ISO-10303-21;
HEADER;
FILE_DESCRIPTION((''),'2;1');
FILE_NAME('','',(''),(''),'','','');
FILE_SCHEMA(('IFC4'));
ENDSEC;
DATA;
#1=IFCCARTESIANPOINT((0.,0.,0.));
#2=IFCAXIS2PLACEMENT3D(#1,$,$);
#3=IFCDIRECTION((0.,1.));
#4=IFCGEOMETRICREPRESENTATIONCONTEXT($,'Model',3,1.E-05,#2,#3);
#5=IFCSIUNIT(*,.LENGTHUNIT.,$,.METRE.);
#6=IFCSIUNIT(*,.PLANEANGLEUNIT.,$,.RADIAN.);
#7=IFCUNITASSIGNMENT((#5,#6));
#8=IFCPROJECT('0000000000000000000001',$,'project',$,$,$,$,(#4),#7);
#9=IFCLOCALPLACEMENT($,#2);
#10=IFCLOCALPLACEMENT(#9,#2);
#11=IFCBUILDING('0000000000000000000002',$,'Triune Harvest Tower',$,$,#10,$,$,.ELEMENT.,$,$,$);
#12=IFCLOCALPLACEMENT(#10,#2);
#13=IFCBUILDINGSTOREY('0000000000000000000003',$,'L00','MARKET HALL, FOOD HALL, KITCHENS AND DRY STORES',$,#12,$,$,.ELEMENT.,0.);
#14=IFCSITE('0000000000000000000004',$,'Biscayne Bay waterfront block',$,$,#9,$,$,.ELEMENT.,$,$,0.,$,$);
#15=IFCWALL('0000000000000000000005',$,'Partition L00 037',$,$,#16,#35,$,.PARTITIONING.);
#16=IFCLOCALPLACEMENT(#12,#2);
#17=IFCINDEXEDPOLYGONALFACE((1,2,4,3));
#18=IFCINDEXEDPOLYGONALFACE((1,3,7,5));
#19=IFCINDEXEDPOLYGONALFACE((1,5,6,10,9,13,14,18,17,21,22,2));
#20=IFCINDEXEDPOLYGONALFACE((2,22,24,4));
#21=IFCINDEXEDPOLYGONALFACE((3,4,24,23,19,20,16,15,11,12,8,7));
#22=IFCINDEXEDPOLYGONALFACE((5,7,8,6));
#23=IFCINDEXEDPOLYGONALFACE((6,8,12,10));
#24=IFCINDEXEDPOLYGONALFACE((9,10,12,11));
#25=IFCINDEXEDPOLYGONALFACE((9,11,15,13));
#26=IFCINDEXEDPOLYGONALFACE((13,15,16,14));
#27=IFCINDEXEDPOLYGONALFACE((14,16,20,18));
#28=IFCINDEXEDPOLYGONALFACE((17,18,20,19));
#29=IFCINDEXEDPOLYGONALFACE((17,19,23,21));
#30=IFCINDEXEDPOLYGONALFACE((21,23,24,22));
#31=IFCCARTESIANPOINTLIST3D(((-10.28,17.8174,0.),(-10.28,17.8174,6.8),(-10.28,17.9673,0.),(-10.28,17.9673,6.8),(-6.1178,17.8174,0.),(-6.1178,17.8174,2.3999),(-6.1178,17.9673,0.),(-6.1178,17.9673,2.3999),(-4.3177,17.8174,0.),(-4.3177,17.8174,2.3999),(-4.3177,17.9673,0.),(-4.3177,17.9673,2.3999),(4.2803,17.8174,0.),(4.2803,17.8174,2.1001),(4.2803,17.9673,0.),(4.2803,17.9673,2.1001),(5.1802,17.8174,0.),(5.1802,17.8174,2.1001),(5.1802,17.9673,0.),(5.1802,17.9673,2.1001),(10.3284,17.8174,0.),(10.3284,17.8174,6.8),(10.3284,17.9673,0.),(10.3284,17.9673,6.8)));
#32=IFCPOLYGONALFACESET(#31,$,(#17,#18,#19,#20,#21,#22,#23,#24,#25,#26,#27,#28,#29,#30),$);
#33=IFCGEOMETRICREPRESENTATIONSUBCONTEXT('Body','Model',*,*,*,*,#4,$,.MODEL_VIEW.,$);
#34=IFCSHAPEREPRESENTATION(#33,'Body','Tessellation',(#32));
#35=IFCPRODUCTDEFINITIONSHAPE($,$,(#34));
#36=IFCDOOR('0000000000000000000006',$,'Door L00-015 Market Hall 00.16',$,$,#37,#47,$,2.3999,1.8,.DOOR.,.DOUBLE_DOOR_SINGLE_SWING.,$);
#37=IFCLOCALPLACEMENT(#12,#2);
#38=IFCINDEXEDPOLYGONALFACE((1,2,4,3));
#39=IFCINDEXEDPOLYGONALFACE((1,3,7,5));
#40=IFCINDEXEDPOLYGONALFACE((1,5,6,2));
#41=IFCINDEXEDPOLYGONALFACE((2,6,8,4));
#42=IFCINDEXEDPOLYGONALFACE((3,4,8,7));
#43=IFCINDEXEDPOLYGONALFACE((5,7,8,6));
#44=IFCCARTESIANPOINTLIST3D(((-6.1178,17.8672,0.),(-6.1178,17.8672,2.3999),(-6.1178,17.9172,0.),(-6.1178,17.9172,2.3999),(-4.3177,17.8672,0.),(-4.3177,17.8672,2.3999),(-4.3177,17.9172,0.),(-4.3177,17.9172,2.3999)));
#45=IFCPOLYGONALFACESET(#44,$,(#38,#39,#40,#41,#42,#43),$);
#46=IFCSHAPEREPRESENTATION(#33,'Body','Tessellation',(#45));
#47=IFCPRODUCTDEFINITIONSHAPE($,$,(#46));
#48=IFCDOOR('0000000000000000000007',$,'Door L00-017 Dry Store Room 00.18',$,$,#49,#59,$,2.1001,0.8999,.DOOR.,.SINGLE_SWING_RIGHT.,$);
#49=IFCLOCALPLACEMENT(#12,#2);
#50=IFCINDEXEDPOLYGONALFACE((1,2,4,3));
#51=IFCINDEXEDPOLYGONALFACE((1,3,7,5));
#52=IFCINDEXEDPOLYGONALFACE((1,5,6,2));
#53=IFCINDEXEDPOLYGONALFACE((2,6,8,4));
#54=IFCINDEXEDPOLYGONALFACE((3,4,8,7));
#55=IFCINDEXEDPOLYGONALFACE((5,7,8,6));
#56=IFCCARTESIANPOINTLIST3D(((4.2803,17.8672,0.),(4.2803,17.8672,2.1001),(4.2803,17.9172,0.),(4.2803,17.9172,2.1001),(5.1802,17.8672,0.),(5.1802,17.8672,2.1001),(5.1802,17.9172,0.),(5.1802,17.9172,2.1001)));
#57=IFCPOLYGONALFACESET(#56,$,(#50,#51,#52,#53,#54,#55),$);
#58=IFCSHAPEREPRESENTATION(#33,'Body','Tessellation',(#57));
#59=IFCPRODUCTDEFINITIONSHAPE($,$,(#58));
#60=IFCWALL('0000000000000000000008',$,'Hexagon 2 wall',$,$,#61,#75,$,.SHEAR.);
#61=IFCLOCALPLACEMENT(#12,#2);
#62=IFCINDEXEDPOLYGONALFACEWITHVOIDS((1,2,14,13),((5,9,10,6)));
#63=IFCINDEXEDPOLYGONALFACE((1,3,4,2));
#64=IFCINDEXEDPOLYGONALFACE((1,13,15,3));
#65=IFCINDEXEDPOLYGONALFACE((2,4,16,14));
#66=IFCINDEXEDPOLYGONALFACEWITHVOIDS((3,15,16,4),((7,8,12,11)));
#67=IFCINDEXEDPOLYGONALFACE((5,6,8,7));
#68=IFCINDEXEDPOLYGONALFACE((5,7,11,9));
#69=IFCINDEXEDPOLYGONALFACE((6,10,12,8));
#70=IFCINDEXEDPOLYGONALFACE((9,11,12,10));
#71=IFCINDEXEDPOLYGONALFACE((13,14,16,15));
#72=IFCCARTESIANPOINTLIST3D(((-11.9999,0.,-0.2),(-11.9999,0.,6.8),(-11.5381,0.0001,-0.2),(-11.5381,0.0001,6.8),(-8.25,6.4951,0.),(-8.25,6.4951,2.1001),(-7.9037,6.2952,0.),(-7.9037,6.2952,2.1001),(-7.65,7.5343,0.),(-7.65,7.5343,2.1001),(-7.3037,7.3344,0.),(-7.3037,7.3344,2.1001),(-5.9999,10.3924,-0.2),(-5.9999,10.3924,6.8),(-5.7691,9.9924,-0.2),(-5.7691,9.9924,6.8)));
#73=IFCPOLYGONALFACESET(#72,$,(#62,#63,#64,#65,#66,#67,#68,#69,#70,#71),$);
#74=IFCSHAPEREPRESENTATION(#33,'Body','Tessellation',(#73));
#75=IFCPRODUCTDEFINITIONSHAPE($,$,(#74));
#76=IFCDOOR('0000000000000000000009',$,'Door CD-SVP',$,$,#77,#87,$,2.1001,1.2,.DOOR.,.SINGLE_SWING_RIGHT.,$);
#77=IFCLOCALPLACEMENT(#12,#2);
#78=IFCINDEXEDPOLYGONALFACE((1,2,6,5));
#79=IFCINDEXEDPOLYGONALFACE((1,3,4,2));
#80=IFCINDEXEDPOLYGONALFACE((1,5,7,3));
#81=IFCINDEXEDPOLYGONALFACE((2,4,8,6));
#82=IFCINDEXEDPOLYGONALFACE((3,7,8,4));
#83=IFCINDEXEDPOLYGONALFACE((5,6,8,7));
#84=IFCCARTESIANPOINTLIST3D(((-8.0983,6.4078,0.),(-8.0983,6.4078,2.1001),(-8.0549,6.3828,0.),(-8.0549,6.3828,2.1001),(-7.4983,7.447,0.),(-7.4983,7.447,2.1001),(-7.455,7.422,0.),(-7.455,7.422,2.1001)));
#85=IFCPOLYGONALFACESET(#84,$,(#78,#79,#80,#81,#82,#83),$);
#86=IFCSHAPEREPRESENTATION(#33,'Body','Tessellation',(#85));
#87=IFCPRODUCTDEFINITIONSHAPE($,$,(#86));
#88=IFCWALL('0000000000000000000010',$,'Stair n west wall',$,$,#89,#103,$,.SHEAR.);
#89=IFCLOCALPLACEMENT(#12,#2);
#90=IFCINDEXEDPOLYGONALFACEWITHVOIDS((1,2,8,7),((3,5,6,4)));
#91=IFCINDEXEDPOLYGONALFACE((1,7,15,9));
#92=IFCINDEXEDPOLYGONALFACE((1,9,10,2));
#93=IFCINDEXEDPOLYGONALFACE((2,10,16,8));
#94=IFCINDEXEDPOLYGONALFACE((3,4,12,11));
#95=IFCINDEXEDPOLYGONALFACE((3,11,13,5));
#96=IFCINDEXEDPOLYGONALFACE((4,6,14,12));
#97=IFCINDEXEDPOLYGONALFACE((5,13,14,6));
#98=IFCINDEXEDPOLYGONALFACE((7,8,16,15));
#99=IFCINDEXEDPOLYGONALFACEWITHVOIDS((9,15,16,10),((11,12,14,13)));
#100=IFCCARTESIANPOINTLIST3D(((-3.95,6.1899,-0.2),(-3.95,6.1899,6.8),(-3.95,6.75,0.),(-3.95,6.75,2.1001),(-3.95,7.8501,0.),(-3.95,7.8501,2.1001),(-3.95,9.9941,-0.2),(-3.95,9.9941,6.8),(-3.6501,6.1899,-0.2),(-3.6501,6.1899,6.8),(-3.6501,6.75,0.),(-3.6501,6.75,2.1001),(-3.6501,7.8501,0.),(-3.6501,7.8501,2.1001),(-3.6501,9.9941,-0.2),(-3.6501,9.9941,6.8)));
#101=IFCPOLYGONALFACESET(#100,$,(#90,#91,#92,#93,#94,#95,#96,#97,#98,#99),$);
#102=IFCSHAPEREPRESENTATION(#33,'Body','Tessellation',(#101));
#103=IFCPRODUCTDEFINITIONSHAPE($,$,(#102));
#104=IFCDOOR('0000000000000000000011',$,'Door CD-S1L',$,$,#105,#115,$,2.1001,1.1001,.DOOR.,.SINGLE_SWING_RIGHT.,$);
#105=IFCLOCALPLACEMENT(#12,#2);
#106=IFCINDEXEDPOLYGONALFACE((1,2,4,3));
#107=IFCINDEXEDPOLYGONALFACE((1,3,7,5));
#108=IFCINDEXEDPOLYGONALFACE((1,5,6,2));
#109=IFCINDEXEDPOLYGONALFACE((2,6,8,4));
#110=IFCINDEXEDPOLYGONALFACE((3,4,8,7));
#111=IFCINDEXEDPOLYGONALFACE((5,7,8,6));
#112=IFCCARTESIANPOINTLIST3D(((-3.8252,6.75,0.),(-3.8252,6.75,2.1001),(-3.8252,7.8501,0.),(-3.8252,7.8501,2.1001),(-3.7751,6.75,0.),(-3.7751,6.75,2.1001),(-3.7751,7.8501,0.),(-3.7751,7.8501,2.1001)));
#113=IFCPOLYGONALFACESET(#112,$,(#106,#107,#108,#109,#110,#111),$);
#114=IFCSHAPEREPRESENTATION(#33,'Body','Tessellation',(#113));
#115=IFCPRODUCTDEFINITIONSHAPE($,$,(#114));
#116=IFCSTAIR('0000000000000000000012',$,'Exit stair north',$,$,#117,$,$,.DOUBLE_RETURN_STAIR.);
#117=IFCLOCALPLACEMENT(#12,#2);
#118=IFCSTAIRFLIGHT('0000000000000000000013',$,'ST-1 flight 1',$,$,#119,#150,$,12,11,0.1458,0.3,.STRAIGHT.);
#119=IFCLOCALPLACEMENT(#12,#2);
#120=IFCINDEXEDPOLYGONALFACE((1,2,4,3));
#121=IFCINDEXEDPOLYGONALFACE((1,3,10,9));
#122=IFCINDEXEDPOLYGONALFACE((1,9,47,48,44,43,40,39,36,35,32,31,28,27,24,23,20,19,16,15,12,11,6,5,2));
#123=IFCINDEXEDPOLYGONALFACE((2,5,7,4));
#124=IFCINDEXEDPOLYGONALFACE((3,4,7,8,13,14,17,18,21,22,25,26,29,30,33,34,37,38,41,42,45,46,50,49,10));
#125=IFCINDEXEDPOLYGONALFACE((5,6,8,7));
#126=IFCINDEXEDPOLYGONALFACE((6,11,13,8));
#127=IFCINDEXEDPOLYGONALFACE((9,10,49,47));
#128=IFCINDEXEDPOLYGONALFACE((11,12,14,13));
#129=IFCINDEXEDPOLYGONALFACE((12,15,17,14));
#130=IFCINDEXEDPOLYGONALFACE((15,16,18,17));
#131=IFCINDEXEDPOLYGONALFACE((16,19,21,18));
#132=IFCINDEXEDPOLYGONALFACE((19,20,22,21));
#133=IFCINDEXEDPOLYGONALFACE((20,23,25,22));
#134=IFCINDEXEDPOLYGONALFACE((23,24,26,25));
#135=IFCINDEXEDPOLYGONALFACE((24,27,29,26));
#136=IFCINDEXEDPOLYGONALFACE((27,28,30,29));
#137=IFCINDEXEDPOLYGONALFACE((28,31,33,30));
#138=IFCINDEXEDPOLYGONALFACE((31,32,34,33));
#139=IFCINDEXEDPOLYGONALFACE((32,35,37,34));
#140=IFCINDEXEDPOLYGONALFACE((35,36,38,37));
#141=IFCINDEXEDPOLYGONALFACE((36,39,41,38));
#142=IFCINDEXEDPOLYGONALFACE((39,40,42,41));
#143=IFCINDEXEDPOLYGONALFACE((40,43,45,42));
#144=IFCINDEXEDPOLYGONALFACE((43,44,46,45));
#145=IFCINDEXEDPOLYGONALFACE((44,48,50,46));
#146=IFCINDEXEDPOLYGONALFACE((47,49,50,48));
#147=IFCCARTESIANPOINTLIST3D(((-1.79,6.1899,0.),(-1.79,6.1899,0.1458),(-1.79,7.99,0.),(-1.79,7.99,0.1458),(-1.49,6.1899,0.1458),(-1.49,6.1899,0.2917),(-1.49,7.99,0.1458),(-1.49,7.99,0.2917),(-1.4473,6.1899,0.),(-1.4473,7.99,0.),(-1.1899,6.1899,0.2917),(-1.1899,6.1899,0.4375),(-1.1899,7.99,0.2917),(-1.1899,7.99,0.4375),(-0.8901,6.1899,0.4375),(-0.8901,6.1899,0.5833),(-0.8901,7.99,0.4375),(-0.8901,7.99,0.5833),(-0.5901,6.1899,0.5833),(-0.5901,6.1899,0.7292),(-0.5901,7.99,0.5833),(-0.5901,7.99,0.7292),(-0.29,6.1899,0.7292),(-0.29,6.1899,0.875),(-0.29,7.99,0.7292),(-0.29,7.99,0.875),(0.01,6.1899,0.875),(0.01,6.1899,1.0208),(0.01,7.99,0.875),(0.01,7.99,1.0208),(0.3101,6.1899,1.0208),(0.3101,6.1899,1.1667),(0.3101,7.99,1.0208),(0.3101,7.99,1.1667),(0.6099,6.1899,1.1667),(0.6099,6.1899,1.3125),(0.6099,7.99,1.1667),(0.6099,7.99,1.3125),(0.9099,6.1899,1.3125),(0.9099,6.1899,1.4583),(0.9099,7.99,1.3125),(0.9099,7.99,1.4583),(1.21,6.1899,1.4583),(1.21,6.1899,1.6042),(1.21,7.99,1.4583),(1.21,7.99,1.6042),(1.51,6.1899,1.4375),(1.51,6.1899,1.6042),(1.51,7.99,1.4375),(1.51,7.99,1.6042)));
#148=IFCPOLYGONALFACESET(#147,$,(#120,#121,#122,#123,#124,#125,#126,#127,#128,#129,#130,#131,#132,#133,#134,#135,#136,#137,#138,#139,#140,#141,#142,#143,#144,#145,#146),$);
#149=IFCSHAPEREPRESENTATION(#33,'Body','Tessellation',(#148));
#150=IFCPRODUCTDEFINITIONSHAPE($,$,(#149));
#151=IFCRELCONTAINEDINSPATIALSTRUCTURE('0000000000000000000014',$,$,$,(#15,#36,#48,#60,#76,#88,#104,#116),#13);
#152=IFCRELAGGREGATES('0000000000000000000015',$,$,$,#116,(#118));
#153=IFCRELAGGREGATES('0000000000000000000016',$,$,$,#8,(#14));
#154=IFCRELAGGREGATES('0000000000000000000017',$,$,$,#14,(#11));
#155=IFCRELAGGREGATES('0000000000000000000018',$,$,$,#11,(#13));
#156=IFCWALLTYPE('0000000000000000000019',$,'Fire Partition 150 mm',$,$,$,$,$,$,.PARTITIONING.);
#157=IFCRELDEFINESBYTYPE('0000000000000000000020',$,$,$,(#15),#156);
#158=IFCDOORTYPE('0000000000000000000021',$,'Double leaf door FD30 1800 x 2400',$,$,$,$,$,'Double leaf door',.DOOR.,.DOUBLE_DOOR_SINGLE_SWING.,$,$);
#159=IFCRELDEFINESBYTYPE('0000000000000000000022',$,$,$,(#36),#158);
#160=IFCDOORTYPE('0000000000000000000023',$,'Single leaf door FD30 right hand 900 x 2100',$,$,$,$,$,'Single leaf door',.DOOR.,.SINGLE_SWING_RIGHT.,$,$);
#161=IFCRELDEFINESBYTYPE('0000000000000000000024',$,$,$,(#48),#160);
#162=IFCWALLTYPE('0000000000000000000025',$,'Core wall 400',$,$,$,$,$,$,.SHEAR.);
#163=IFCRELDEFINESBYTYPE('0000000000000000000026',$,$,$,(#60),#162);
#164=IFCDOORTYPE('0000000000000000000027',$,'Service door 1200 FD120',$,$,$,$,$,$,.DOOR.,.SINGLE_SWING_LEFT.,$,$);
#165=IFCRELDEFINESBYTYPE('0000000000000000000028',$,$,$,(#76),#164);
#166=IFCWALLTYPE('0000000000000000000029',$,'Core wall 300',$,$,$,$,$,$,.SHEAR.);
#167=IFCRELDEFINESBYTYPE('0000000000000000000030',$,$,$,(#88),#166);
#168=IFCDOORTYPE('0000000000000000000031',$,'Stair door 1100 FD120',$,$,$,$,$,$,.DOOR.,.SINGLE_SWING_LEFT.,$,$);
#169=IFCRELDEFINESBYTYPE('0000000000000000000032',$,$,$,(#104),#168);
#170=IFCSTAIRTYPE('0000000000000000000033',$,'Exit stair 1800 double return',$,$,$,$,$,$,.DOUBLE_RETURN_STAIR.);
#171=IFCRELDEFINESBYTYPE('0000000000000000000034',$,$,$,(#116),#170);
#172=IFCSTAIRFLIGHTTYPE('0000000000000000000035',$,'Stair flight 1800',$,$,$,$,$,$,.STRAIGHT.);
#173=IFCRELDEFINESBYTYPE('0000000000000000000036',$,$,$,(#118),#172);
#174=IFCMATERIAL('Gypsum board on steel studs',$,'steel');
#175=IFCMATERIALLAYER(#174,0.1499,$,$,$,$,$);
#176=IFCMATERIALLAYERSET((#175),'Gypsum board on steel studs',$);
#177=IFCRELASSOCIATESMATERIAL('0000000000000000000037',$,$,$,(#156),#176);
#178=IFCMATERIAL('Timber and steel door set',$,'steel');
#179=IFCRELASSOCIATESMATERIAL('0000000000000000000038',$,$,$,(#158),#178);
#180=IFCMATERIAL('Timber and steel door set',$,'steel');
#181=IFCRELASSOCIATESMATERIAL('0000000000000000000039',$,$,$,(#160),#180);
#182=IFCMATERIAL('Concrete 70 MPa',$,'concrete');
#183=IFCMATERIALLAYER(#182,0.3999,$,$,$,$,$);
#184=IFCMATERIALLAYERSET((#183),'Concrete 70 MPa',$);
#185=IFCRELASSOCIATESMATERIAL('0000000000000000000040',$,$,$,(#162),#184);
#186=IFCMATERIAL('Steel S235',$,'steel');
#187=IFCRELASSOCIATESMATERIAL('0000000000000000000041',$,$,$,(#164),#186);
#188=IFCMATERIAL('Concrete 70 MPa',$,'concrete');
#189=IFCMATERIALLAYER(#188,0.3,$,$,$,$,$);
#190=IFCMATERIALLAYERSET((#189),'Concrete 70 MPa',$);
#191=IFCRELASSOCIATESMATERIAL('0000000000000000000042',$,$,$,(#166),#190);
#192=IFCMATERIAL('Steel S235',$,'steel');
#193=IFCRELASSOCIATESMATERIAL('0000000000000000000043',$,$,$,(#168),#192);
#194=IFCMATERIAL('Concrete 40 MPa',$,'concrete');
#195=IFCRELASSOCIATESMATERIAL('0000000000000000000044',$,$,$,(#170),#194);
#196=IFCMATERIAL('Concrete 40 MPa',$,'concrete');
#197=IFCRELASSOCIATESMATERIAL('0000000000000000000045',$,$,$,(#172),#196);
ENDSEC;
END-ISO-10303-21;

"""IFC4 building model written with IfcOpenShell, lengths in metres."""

from ifc_helpers import new_model, si_unit, direction, frame, frame_2d, origin, place, context, subcontext, project, spatial, polyline, rectangle, outline, extrude, source, transform, mapped, material, layer, layer_set, type_object, element, fill, aggregate, save


model = new_model("IFC4")

# Units and contexts
model_context = context("Model", 3, precision=1e-05, world=origin(), true_north=direction((0.0, 1.0)))
body_context = subcontext(model_context, "Body", "Model", "MODEL_VIEW")
ifc_project = project(units=[si_unit("LENGTHUNIT", "METRE"), si_unit("PLANEANGLEUNIT", "RADIAN")], contexts=[model_context])

# Site, building, storey
site_placement = place(None, origin())
site = spatial("IfcSite", under=ifc_project, at=site_placement, Name="Biscayne Bay waterfront block", CompositionType="ELEMENT", RefElevation=0.0)
building_placement = place(site_placement, origin())
building = spatial("IfcBuilding", under=site, at=building_placement, Name="Triune Harvest Tower", CompositionType="ELEMENT")
storey_placement = place(building_placement, origin())
storey = spatial("IfcBuildingStorey", under=building, at=storey_placement, Name="L00", Description="MARKET HALL, FOOD HALL, KITCHENS AND DRY STORES", CompositionType="ELEMENT", Elevation=0.0)

# Wall, openings, doors
ifc_material_1 = material(Name="Gypsum board on steel studs", Category="steel")
ifc_layer_1 = layer(ifc_material_1, 0.1499)
ifc_layer_set_1 = layer_set([ifc_layer_1], Name="Gypsum board on steel studs")
wall_type_1 = type_object("IfcWallType", Name="Fire Partition 150 mm", PredefinedType="PARTITIONING", material=ifc_layer_set_1)
wall_1_placement = place(storey_placement, frame((-10.28, 17.8923, 0.0), z_axis=(0.0, 0.0, 1.0), x_axis=(1.0, 0.0, 0.0)))
wall_1 = element("IfcWall", 1, at=wall_1_placement, inside=storey, type_object=wall_type_1, Name="Partition L00 037", PredefinedType="PARTITIONING", context=body_context, shape_type="SweptSolid", body=[
    extrude(rectangle(XDim=20.6084, YDim=0.1499, at=frame_2d((10.3042, 0.0))), origin(), (0.0, 0.0, 1.0), 6.8),
])
opening_1_placement = place(wall_1_placement, frame((4.1624, 0.0, 0.0)))
opening_1 = element("IfcOpeningElement", 2, at=opening_1_placement, cuts=wall_1, PredefinedType="OPENING", context=body_context, shape_type="SweptSolid", body=[
    extrude(rectangle(XDim=1.8, YDim=2.3999, at=frame_2d((0.8999, 1.2))), frame((0.0, 0.085, 0.0), z_axis=(0.0, -1.0, 0.0), x_axis=(1.0, 0.0, 0.0)), (0.0, 0.0, 1.0), 0.1699),
])
opening_2_placement = place(wall_1_placement, frame((14.5603, 0.0, 0.0)))
opening_2 = element("IfcOpeningElement", 3, at=opening_2_placement, cuts=wall_1, PredefinedType="OPENING", context=body_context, shape_type="SweptSolid", body=[
    extrude(rectangle(XDim=0.8999, YDim=2.1001, at=frame_2d((0.45, 1.05))), frame((0.0, 0.085, 0.0), z_axis=(0.0, -1.0, 0.0), x_axis=(1.0, 0.0, 0.0)), (0.0, 0.0, 1.0), 0.1699),
])
ifc_material_2 = material(Name="Timber and steel door set", Category="steel")
door_type_1 = type_object("IfcDoorType", Name="Double leaf door FD30 1800 x 2400", ElementType="Double leaf door", OperationType="DOUBLE_DOOR_SINGLE_SWING", PredefinedType="DOOR", material=ifc_material_2)
door_1_placement = place(opening_1_placement, origin())
door_1 = element("IfcDoor", 4, at=door_1_placement, inside=storey, type_object=door_type_1, Name="Door L00-015 Market Hall 00.16", OperationType="DOUBLE_DOOR_SINGLE_SWING", OverallHeight=2.3999, OverallWidth=1.8, PredefinedType="DOOR", context=body_context, shape_type="SweptSolid", body=[
    extrude(rectangle(XDim=1.8, YDim=2.3999, at=frame_2d((0.8999, 1.2))), frame((0.0, 0.0249, 0.0), z_axis=(0.0, -1.0, 0.0), x_axis=(1.0, 0.0, 0.0)), (0.0, 0.0, 1.0), 0.05),
])
fill(opening_1, door_1)
ifc_material_3 = material(Name="Timber and steel door set", Category="steel")
door_type_2 = type_object("IfcDoorType", Name="Single leaf door FD30 right hand 900 x 2100", ElementType="Single leaf door", OperationType="SINGLE_SWING_RIGHT", PredefinedType="DOOR", material=ifc_material_3)
door_2_placement = place(opening_2_placement, origin())
door_2 = element("IfcDoor", 5, at=door_2_placement, inside=storey, type_object=door_type_2, Name="Door L00-017 Dry Store Room 00.18", OperationType="SINGLE_SWING_RIGHT", OverallHeight=2.1001, OverallWidth=0.8999, PredefinedType="DOOR", context=body_context, shape_type="SweptSolid", body=[
    extrude(rectangle(XDim=0.8999, YDim=2.1001, at=frame_2d((0.45, 1.05))), frame((0.0, 0.0249, 0.0), z_axis=(0.0, -1.0, 0.0), x_axis=(1.0, 0.0, 0.0)), (0.0, 0.0, 1.0), 0.05),
])
fill(opening_2, door_2)

# Walls, openings, doors
ifc_material_4 = material(Name="Concrete 70 MPa", Category="concrete")
ifc_layer_2 = layer(ifc_material_4, 0.3999)
ifc_layer_set_2 = layer_set([ifc_layer_2], Name="Concrete 70 MPa")
wall_type_2 = type_object("IfcWallType", Name="Core wall 400", PredefinedType="SHEAR", material=ifc_layer_set_2)
shared_shape_1 = source(origin(), body_context, "Body", "SweptSolid", [
    extrude(outline(polyline([(-0.1155, -0.2), (11.8845, -0.2), (11.6536, 0.2), (0.1155, 0.2), (-0.1155, -0.2)])), origin(), (0.0, 0.0, 1.0), 7.0),
])
wall_2_placement = place(storey_placement, frame((-5.8845, 10.1924, -0.2), z_axis=(0.0, 0.0, 1.0), x_axis=(-0.499997, -0.866027, 0.0)))
wall_2 = element("IfcWall", 6, at=wall_2_placement, inside=storey, type_object=wall_type_2, Name="Hexagon 2 wall", PredefinedType="SHEAR", context=body_context, shape_type="MappedRepresentation", body=[
    mapped(shared_shape_1, transform((0.0, 0.0, 0.0), scale=1.0)),
])
opening_3_placement = place(wall_2_placement, frame((3.1846, 0.0, 0.2)))
opening_3 = element("IfcOpeningElement", 7, at=opening_3_placement, cuts=wall_2, PredefinedType="OPENING", context=body_context, shape_type="SweptSolid", body=[
    extrude(rectangle(XDim=1.2, YDim=2.1001, at=frame_2d((0.6001, 1.05))), frame((0.0, 0.21, 0.0), z_axis=(0.0, -1.0, 0.0), x_axis=(1.0, 0.0, 0.0)), (0.0, 0.0, 1.0), 0.4199),
])
ifc_material_5 = material(Name="Steel S235", Category="steel")
door_type_3 = type_object("IfcDoorType", Name="Service door 1200 FD120", OperationType="SINGLE_SWING_LEFT", PredefinedType="DOOR", material=ifc_material_5)
door_3_placement = place(opening_3_placement, frame((1.2, 0.0, 0.0), z_axis=(0.0, 0.0, 1.0), x_axis=(-1.0, 0.0, 0.0)))
door_3 = element("IfcDoor", 8, at=door_3_placement, inside=storey, type_object=door_type_3, Name="Door CD-SVP", OperationType="SINGLE_SWING_RIGHT", OverallHeight=2.1001, OverallWidth=1.2, PredefinedType="DOOR", context=body_context, shape_type="SweptSolid", body=[
    extrude(rectangle(XDim=1.2, YDim=2.1001, at=frame_2d((0.6001, 1.05))), frame((0.0, 0.0249, 0.0), z_axis=(0.0, -1.0, 0.0), x_axis=(1.0, 0.0, 0.0)), (0.0, 0.0, 1.0), 0.05),
])
fill(opening_3, door_3)
ifc_material_6 = material(Name="Concrete 70 MPa", Category="concrete")
ifc_layer_3 = layer(ifc_material_6, 0.3)
ifc_layer_set_3 = layer_set([ifc_layer_3], Name="Concrete 70 MPa")
wall_type_3 = type_object("IfcWallType", Name="Core wall 300", PredefinedType="SHEAR", material=ifc_layer_set_3)
shared_shape_2 = source(origin(), body_context, "Body", "SweptSolid", [
    extrude(outline(polyline([(0.0, -0.1499), (0.0, 0.1499), (3.8042, 0.1499), (3.8042, -0.1499), (0.0, -0.1499)])), origin(), (0.0, 0.0, 1.0), 7.0),
])
wall_3_placement = place(storey_placement, frame((-3.8, 6.1899, -0.2), z_axis=(0.0, 0.0, 1.0), x_axis=(0.0, 1.0, 0.0)))
wall_3 = element("IfcWall", 9, at=wall_3_placement, inside=storey, type_object=wall_type_3, Name="Stair n west wall", PredefinedType="SHEAR", context=body_context, shape_type="MappedRepresentation", body=[
    mapped(shared_shape_2, transform((0.0, 0.0, 0.0), scale=1.0)),
])
opening_4_placement = place(wall_3_placement, frame((0.5601, 0.0, 0.2)))
opening_4 = element("IfcOpeningElement", 10, at=opening_4_placement, cuts=wall_3, PredefinedType="OPENING", context=body_context, shape_type="SweptSolid", body=[
    extrude(rectangle(XDim=1.1001, YDim=2.1001, at=frame_2d((0.55, 1.05))), frame((0.0, 0.1602, 0.0), z_axis=(0.0, -1.0, 0.0), x_axis=(1.0, 0.0, 0.0)), (0.0, 0.0, 1.0), 0.3201),
])
ifc_material_7 = material(Name="Steel S235", Category="steel")
door_type_4 = type_object("IfcDoorType", Name="Stair door 1100 FD120", OperationType="SINGLE_SWING_LEFT", PredefinedType="DOOR", material=ifc_material_7)
door_4_placement = place(opening_4_placement, frame((1.1001, 0.0, 0.0), z_axis=(0.0, 0.0, 1.0), x_axis=(-1.0, 0.0, 0.0)))
door_4 = element("IfcDoor", 11, at=door_4_placement, inside=storey, type_object=door_type_4, Name="Door CD-S1L", OperationType="SINGLE_SWING_RIGHT", OverallHeight=2.1001, OverallWidth=1.1001, PredefinedType="DOOR", context=body_context, shape_type="SweptSolid", body=[
    extrude(rectangle(XDim=1.1001, YDim=2.1001, at=frame_2d((0.55, 1.05))), frame((0.0, 0.0249, 0.0), z_axis=(0.0, -1.0, 0.0), x_axis=(1.0, 0.0, 0.0)), (0.0, 0.0, 1.0), 0.05),
])
fill(opening_4, door_4)

# Stair, stair flight
ifc_material_8 = material(Name="Concrete 40 MPa", Category="concrete")
stair_type = type_object("IfcStairType", Name="Exit stair 1800 double return", PredefinedType="DOUBLE_RETURN_STAIR", material=ifc_material_8)
stair_placement = place(storey_placement, origin())
stair = element("IfcStair", 12, at=stair_placement, inside=storey, type_object=stair_type, Name="Exit stair north", PredefinedType="DOUBLE_RETURN_STAIR")
ifc_material_9 = material(Name="Concrete 40 MPa", Category="concrete")
stair_flight_type = type_object("IfcStairFlightType", Name="Stair flight 1800", PredefinedType="STRAIGHT", material=ifc_material_9)
shared_shape_3 = source(origin(), body_context, "Body", "SweptSolid", [
    extrude(outline(polyline([(0.0, 0.0), (0.0, 0.1458), (0.3, 0.1458), (0.3, 0.2917), (0.6001, 0.2917), (0.6001, 0.4375), (0.8999, 0.4375), (0.8999, 0.5833), (1.2, 0.5833), (1.2, 0.7292), (1.5, 0.7292), (1.5, 0.875), (1.8, 0.875), (1.8, 1.0208), (2.1001, 1.0208), (2.1001, 1.1667), (2.3999, 1.1667), (2.3999, 1.3125), (2.7, 1.3125), (2.7, 1.4583), (3.0, 1.4583), (3.0, 1.6042), (3.3, 1.6042), (3.3, 1.75), (3.3, 1.4375), (0.3428, 0.0), (0.0, 0.0)])), frame((0.0, 0.8999, 0.0), z_axis=(0.0, -1.0, 0.0), x_axis=(1.0, 0.0, 0.0)), (0.0, 0.0, 1.0), 1.8),
])
stair_flight_1_placement = place(storey_placement, frame((-1.79, 7.0901, 0.0), z_axis=(0.0, 0.0, 1.0), x_axis=(1.0, 0.0, 0.0)))
stair_flight_1 = element("IfcStairFlight", 13, at=stair_flight_1_placement, type_object=stair_flight_type, Name="ST-1 flight 1", NumberOfRisers=12, NumberOfTreads=11, PredefinedType="STRAIGHT", RiserHeight=0.1458, TreadLength=0.3, context=body_context, shape_type="MappedRepresentation", body=[
    mapped(shared_shape_3, transform((0.0, 0.0, 0.0), scale=1.0)),
])
aggregate(stair, [stair_flight_1])

save(model, "model.ifc")
